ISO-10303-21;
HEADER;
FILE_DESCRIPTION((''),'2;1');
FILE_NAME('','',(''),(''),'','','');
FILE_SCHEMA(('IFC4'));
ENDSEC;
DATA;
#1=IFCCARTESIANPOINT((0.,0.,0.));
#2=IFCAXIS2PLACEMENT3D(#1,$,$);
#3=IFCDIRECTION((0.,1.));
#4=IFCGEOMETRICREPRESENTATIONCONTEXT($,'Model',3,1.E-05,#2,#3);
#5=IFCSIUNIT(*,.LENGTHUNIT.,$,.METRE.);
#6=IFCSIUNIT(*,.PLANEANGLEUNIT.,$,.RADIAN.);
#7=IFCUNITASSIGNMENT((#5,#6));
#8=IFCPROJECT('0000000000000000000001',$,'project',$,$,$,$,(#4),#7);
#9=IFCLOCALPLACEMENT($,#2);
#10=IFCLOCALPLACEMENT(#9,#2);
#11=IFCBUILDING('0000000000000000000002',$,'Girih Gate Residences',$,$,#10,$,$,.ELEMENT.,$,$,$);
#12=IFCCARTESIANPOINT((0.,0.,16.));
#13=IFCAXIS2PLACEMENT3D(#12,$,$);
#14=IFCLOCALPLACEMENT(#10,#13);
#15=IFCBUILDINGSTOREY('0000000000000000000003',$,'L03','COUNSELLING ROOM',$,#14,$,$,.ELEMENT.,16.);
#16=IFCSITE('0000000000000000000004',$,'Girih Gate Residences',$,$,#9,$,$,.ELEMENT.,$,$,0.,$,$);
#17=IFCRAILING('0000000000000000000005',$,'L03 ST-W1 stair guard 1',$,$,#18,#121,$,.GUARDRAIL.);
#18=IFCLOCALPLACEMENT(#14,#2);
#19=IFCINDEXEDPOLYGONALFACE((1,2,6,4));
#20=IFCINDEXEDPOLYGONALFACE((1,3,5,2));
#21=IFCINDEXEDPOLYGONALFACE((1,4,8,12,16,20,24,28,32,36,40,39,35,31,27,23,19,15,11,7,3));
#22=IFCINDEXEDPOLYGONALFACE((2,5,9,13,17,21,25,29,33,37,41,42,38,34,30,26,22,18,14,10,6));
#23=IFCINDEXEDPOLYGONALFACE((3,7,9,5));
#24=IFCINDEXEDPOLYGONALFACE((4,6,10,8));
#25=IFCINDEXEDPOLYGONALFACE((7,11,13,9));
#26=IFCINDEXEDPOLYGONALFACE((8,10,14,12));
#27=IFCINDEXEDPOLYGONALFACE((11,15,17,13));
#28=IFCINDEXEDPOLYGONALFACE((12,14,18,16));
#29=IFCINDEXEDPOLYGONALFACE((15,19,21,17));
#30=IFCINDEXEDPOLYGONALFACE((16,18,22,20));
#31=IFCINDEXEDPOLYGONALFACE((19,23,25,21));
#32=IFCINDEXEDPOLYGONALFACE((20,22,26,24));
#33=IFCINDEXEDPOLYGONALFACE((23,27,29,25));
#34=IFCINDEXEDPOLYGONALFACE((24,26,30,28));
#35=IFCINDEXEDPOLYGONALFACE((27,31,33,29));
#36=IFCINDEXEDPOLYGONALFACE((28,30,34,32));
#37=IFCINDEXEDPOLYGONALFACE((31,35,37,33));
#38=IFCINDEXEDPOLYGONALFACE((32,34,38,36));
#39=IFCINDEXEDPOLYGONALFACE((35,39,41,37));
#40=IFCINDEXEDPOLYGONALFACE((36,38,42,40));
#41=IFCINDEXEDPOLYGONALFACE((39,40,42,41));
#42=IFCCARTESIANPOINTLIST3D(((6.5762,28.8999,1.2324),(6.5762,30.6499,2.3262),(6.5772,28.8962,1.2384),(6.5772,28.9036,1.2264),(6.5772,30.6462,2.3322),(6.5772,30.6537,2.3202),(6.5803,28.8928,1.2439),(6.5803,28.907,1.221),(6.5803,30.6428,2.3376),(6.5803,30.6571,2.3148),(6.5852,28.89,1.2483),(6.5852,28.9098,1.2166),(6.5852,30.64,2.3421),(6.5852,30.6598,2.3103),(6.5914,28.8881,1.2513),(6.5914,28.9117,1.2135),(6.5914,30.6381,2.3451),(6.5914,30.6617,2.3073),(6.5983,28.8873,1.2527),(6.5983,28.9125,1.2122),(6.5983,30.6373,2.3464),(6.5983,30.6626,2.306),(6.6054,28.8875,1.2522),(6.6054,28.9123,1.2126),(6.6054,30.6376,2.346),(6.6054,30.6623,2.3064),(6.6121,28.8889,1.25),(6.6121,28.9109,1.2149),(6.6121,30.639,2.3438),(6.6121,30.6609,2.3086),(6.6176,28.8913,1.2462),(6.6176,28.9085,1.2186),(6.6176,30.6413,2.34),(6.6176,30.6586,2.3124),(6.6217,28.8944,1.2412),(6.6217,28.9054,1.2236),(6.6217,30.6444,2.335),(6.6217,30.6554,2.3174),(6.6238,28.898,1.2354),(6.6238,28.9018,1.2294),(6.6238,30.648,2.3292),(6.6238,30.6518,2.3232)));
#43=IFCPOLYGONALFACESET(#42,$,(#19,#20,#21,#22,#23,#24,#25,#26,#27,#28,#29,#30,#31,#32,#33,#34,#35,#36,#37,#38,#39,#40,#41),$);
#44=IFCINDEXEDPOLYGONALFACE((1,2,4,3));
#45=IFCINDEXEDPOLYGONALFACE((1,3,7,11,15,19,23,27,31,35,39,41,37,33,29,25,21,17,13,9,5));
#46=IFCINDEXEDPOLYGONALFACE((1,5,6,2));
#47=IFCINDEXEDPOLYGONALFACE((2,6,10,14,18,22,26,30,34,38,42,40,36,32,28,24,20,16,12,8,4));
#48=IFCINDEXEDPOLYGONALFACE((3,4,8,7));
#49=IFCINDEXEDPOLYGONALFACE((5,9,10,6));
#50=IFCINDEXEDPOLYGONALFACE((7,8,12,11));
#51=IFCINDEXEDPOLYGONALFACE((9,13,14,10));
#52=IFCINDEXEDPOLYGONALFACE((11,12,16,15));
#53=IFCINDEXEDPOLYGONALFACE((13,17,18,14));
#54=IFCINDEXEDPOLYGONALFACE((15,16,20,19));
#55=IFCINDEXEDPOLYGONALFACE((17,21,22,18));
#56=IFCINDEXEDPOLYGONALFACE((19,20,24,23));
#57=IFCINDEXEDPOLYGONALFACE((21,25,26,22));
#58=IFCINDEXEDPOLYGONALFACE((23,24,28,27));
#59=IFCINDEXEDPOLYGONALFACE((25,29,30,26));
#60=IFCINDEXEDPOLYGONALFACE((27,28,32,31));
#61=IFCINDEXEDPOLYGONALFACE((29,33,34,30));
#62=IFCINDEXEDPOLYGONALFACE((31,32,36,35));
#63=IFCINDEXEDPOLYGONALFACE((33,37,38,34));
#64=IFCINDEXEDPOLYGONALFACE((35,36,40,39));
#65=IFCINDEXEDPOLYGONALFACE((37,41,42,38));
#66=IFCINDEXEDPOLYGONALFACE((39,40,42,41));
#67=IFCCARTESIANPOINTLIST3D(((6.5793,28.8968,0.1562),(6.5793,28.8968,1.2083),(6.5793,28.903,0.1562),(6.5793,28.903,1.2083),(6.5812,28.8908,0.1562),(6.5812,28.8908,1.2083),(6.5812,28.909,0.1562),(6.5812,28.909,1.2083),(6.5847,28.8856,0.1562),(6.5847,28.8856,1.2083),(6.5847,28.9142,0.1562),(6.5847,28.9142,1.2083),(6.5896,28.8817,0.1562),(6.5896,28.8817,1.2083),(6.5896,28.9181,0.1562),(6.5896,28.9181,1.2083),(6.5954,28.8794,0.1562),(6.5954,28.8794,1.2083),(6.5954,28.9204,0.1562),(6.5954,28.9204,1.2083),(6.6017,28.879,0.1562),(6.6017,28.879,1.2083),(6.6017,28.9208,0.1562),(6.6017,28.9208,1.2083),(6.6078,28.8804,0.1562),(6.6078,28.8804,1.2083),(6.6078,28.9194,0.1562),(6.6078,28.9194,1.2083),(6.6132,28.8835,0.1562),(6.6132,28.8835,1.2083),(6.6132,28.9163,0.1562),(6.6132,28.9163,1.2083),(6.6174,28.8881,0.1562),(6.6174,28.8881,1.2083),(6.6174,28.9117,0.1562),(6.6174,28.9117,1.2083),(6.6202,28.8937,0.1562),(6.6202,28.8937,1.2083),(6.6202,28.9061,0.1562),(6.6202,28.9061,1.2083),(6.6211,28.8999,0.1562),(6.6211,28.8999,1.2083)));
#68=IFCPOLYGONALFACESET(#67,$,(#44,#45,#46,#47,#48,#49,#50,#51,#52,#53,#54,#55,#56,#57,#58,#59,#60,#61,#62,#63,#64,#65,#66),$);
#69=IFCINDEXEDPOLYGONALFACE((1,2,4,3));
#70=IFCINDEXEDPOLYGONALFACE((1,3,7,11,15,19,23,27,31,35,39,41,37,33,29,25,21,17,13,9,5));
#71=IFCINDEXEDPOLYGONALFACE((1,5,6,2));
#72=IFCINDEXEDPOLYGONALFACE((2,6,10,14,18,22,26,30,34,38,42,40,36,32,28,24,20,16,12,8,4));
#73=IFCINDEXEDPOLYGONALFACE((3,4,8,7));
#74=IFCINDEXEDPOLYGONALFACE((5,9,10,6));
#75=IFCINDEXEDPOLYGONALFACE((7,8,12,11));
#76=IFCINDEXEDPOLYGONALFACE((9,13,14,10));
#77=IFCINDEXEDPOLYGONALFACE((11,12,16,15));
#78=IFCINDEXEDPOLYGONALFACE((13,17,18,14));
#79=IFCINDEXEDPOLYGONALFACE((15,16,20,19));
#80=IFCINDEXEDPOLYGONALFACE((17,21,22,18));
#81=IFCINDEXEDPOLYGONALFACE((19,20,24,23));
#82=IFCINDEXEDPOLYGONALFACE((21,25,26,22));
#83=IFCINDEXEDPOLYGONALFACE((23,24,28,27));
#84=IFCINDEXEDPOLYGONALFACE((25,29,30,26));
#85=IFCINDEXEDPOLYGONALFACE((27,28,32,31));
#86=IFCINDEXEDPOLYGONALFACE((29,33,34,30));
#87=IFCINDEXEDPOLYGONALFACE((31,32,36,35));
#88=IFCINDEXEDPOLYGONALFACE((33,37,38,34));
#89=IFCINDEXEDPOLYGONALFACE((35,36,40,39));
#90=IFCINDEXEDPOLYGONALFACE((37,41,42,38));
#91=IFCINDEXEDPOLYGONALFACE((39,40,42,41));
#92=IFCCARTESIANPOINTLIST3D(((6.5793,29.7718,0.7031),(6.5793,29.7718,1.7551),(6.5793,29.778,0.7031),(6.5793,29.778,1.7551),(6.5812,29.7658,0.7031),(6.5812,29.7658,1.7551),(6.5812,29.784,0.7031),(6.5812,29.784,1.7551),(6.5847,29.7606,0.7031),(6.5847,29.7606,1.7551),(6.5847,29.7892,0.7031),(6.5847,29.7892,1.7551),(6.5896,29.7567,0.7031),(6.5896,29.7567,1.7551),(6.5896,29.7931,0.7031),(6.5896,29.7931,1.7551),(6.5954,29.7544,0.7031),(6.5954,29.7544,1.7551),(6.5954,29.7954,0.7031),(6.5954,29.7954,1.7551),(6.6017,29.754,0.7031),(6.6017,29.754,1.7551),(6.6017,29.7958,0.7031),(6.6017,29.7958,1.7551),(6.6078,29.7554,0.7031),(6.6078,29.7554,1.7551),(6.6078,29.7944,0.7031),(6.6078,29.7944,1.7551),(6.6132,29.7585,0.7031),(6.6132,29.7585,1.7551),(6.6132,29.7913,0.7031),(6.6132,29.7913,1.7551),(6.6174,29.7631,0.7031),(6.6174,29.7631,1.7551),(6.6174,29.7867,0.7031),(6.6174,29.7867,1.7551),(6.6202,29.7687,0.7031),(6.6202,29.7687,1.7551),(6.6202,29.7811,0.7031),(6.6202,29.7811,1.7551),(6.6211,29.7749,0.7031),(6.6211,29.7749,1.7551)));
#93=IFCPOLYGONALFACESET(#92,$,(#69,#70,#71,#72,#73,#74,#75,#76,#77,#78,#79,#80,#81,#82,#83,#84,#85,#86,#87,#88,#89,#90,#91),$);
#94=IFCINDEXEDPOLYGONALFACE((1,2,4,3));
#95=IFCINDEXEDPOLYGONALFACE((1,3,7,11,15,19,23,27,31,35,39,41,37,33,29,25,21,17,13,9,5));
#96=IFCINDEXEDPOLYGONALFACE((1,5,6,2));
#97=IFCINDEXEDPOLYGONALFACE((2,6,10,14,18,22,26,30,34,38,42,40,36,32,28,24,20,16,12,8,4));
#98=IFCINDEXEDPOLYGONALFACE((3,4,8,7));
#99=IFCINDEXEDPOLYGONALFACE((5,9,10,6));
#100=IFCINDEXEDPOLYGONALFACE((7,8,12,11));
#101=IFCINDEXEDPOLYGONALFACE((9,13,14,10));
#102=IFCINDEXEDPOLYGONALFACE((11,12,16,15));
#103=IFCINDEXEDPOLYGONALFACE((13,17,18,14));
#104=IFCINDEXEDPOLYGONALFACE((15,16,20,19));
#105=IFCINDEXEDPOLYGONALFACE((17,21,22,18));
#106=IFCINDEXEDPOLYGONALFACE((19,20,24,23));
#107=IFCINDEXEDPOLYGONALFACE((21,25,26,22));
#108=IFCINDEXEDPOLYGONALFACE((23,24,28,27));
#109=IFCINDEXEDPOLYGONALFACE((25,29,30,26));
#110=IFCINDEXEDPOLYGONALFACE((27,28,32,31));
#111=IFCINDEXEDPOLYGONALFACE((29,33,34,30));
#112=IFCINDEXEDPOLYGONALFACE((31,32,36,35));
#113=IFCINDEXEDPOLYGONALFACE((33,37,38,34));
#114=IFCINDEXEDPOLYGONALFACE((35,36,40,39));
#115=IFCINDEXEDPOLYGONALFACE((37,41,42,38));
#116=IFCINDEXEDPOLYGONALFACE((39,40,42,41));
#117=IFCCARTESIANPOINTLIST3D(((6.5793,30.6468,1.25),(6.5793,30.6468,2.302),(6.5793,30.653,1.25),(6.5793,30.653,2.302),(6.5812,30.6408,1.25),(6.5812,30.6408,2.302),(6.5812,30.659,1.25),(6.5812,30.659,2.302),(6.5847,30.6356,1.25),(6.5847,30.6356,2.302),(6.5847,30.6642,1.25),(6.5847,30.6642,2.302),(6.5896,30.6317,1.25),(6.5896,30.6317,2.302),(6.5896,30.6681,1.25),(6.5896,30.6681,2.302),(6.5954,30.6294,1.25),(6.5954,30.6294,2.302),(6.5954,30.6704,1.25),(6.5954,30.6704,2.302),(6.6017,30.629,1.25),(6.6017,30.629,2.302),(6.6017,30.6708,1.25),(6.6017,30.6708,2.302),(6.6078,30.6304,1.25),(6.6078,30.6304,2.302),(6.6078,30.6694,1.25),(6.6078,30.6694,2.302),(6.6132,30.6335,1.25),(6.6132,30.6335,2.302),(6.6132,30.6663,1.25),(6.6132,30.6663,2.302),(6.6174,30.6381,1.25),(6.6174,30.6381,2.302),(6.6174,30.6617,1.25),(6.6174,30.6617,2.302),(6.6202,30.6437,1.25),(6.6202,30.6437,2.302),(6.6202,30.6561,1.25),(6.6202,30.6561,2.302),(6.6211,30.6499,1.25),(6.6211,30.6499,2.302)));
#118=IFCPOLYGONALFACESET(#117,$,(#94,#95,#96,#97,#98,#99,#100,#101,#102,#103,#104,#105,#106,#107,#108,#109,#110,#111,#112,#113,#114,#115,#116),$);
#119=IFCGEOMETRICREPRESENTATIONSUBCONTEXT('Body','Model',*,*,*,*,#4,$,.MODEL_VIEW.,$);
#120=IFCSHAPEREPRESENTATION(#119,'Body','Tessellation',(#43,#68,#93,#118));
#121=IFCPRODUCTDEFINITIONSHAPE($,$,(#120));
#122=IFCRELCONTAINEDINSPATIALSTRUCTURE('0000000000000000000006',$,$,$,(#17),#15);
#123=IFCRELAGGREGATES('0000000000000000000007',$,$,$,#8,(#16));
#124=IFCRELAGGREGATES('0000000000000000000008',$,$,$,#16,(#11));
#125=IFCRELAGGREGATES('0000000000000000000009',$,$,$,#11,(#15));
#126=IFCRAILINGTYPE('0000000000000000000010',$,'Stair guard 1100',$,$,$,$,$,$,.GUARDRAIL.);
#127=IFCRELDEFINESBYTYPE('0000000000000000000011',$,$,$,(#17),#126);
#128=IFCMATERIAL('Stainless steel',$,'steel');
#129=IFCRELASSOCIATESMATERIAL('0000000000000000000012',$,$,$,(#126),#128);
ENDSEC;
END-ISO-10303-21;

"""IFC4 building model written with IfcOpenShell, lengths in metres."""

from ifc_helpers import new_model, si_unit, direction, frame, origin, origin_2d, place, context, subcontext, project, spatial, circle, extrude, material, type_object, element, save


model = new_model("IFC4")

# Units and contexts
model_context = context("Model", 3, precision=1e-05, world=origin(), true_north=direction((0.0, 1.0)))
body_context = subcontext(model_context, "Body", "Model", "MODEL_VIEW")
ifc_project = project(units=[si_unit("LENGTHUNIT", "METRE"), si_unit("PLANEANGLEUNIT", "RADIAN")], contexts=[model_context])

# Site, building, storey
site_placement = place(None, origin())
site = spatial("IfcSite", under=ifc_project, at=site_placement, Name="Girih Gate Residences", CompositionType="ELEMENT", RefElevation=0.0)
building_placement = place(site_placement, origin())
building = spatial("IfcBuilding", under=site, at=building_placement, Name="Girih Gate Residences", CompositionType="ELEMENT")
storey_placement = place(building_placement, frame((0.0, 0.0, 16.0)))
storey = spatial("IfcBuildingStorey", under=building, at=storey_placement, Name="L03", Description="COUNSELLING ROOM", CompositionType="ELEMENT", Elevation=16.0)

# Railing
ifc_material_1 = material(Name="Stainless steel", Category="steel")
railing_type_1 = type_object("IfcRailingType", Name="Stair guard 1100", PredefinedType="GUARDRAIL", material=ifc_material_1)
railing_1_placement = place(storey_placement, frame((6.6001, 28.8999, 0.1562)))
element("IfcRailing", 1, at=railing_1_placement, inside=storey, type_object=railing_type_1, Name="L03 ST-W1 stair guard 1", PredefinedType="GUARDRAIL", context=body_context, shape_type="SweptSolid", body=[
    extrude(circle(Radius=0.0239, at=origin_2d()), frame((0.0, 0.0, 1.0762), z_axis=(0.0, 0.847998, 0.529999), x_axis=(-1.0, 0.0, 0.0)), (0.0, 0.0, 1.0), 2.0637),
    extrude(circle(Radius=0.021, at=origin_2d()), origin(), (0.0, 0.0, 1.0), 1.052),
    extrude(circle(Radius=0.021, at=origin_2d()), frame((0.0, 0.875, 0.5469)), (0.0, 0.0, 1.0), 1.052),
    extrude(circle(Radius=0.021, at=origin_2d()), frame((0.0, 1.75, 1.0938)), (0.0, 0.0, 1.0), 1.052),
])

save(model, "model.ifc")
